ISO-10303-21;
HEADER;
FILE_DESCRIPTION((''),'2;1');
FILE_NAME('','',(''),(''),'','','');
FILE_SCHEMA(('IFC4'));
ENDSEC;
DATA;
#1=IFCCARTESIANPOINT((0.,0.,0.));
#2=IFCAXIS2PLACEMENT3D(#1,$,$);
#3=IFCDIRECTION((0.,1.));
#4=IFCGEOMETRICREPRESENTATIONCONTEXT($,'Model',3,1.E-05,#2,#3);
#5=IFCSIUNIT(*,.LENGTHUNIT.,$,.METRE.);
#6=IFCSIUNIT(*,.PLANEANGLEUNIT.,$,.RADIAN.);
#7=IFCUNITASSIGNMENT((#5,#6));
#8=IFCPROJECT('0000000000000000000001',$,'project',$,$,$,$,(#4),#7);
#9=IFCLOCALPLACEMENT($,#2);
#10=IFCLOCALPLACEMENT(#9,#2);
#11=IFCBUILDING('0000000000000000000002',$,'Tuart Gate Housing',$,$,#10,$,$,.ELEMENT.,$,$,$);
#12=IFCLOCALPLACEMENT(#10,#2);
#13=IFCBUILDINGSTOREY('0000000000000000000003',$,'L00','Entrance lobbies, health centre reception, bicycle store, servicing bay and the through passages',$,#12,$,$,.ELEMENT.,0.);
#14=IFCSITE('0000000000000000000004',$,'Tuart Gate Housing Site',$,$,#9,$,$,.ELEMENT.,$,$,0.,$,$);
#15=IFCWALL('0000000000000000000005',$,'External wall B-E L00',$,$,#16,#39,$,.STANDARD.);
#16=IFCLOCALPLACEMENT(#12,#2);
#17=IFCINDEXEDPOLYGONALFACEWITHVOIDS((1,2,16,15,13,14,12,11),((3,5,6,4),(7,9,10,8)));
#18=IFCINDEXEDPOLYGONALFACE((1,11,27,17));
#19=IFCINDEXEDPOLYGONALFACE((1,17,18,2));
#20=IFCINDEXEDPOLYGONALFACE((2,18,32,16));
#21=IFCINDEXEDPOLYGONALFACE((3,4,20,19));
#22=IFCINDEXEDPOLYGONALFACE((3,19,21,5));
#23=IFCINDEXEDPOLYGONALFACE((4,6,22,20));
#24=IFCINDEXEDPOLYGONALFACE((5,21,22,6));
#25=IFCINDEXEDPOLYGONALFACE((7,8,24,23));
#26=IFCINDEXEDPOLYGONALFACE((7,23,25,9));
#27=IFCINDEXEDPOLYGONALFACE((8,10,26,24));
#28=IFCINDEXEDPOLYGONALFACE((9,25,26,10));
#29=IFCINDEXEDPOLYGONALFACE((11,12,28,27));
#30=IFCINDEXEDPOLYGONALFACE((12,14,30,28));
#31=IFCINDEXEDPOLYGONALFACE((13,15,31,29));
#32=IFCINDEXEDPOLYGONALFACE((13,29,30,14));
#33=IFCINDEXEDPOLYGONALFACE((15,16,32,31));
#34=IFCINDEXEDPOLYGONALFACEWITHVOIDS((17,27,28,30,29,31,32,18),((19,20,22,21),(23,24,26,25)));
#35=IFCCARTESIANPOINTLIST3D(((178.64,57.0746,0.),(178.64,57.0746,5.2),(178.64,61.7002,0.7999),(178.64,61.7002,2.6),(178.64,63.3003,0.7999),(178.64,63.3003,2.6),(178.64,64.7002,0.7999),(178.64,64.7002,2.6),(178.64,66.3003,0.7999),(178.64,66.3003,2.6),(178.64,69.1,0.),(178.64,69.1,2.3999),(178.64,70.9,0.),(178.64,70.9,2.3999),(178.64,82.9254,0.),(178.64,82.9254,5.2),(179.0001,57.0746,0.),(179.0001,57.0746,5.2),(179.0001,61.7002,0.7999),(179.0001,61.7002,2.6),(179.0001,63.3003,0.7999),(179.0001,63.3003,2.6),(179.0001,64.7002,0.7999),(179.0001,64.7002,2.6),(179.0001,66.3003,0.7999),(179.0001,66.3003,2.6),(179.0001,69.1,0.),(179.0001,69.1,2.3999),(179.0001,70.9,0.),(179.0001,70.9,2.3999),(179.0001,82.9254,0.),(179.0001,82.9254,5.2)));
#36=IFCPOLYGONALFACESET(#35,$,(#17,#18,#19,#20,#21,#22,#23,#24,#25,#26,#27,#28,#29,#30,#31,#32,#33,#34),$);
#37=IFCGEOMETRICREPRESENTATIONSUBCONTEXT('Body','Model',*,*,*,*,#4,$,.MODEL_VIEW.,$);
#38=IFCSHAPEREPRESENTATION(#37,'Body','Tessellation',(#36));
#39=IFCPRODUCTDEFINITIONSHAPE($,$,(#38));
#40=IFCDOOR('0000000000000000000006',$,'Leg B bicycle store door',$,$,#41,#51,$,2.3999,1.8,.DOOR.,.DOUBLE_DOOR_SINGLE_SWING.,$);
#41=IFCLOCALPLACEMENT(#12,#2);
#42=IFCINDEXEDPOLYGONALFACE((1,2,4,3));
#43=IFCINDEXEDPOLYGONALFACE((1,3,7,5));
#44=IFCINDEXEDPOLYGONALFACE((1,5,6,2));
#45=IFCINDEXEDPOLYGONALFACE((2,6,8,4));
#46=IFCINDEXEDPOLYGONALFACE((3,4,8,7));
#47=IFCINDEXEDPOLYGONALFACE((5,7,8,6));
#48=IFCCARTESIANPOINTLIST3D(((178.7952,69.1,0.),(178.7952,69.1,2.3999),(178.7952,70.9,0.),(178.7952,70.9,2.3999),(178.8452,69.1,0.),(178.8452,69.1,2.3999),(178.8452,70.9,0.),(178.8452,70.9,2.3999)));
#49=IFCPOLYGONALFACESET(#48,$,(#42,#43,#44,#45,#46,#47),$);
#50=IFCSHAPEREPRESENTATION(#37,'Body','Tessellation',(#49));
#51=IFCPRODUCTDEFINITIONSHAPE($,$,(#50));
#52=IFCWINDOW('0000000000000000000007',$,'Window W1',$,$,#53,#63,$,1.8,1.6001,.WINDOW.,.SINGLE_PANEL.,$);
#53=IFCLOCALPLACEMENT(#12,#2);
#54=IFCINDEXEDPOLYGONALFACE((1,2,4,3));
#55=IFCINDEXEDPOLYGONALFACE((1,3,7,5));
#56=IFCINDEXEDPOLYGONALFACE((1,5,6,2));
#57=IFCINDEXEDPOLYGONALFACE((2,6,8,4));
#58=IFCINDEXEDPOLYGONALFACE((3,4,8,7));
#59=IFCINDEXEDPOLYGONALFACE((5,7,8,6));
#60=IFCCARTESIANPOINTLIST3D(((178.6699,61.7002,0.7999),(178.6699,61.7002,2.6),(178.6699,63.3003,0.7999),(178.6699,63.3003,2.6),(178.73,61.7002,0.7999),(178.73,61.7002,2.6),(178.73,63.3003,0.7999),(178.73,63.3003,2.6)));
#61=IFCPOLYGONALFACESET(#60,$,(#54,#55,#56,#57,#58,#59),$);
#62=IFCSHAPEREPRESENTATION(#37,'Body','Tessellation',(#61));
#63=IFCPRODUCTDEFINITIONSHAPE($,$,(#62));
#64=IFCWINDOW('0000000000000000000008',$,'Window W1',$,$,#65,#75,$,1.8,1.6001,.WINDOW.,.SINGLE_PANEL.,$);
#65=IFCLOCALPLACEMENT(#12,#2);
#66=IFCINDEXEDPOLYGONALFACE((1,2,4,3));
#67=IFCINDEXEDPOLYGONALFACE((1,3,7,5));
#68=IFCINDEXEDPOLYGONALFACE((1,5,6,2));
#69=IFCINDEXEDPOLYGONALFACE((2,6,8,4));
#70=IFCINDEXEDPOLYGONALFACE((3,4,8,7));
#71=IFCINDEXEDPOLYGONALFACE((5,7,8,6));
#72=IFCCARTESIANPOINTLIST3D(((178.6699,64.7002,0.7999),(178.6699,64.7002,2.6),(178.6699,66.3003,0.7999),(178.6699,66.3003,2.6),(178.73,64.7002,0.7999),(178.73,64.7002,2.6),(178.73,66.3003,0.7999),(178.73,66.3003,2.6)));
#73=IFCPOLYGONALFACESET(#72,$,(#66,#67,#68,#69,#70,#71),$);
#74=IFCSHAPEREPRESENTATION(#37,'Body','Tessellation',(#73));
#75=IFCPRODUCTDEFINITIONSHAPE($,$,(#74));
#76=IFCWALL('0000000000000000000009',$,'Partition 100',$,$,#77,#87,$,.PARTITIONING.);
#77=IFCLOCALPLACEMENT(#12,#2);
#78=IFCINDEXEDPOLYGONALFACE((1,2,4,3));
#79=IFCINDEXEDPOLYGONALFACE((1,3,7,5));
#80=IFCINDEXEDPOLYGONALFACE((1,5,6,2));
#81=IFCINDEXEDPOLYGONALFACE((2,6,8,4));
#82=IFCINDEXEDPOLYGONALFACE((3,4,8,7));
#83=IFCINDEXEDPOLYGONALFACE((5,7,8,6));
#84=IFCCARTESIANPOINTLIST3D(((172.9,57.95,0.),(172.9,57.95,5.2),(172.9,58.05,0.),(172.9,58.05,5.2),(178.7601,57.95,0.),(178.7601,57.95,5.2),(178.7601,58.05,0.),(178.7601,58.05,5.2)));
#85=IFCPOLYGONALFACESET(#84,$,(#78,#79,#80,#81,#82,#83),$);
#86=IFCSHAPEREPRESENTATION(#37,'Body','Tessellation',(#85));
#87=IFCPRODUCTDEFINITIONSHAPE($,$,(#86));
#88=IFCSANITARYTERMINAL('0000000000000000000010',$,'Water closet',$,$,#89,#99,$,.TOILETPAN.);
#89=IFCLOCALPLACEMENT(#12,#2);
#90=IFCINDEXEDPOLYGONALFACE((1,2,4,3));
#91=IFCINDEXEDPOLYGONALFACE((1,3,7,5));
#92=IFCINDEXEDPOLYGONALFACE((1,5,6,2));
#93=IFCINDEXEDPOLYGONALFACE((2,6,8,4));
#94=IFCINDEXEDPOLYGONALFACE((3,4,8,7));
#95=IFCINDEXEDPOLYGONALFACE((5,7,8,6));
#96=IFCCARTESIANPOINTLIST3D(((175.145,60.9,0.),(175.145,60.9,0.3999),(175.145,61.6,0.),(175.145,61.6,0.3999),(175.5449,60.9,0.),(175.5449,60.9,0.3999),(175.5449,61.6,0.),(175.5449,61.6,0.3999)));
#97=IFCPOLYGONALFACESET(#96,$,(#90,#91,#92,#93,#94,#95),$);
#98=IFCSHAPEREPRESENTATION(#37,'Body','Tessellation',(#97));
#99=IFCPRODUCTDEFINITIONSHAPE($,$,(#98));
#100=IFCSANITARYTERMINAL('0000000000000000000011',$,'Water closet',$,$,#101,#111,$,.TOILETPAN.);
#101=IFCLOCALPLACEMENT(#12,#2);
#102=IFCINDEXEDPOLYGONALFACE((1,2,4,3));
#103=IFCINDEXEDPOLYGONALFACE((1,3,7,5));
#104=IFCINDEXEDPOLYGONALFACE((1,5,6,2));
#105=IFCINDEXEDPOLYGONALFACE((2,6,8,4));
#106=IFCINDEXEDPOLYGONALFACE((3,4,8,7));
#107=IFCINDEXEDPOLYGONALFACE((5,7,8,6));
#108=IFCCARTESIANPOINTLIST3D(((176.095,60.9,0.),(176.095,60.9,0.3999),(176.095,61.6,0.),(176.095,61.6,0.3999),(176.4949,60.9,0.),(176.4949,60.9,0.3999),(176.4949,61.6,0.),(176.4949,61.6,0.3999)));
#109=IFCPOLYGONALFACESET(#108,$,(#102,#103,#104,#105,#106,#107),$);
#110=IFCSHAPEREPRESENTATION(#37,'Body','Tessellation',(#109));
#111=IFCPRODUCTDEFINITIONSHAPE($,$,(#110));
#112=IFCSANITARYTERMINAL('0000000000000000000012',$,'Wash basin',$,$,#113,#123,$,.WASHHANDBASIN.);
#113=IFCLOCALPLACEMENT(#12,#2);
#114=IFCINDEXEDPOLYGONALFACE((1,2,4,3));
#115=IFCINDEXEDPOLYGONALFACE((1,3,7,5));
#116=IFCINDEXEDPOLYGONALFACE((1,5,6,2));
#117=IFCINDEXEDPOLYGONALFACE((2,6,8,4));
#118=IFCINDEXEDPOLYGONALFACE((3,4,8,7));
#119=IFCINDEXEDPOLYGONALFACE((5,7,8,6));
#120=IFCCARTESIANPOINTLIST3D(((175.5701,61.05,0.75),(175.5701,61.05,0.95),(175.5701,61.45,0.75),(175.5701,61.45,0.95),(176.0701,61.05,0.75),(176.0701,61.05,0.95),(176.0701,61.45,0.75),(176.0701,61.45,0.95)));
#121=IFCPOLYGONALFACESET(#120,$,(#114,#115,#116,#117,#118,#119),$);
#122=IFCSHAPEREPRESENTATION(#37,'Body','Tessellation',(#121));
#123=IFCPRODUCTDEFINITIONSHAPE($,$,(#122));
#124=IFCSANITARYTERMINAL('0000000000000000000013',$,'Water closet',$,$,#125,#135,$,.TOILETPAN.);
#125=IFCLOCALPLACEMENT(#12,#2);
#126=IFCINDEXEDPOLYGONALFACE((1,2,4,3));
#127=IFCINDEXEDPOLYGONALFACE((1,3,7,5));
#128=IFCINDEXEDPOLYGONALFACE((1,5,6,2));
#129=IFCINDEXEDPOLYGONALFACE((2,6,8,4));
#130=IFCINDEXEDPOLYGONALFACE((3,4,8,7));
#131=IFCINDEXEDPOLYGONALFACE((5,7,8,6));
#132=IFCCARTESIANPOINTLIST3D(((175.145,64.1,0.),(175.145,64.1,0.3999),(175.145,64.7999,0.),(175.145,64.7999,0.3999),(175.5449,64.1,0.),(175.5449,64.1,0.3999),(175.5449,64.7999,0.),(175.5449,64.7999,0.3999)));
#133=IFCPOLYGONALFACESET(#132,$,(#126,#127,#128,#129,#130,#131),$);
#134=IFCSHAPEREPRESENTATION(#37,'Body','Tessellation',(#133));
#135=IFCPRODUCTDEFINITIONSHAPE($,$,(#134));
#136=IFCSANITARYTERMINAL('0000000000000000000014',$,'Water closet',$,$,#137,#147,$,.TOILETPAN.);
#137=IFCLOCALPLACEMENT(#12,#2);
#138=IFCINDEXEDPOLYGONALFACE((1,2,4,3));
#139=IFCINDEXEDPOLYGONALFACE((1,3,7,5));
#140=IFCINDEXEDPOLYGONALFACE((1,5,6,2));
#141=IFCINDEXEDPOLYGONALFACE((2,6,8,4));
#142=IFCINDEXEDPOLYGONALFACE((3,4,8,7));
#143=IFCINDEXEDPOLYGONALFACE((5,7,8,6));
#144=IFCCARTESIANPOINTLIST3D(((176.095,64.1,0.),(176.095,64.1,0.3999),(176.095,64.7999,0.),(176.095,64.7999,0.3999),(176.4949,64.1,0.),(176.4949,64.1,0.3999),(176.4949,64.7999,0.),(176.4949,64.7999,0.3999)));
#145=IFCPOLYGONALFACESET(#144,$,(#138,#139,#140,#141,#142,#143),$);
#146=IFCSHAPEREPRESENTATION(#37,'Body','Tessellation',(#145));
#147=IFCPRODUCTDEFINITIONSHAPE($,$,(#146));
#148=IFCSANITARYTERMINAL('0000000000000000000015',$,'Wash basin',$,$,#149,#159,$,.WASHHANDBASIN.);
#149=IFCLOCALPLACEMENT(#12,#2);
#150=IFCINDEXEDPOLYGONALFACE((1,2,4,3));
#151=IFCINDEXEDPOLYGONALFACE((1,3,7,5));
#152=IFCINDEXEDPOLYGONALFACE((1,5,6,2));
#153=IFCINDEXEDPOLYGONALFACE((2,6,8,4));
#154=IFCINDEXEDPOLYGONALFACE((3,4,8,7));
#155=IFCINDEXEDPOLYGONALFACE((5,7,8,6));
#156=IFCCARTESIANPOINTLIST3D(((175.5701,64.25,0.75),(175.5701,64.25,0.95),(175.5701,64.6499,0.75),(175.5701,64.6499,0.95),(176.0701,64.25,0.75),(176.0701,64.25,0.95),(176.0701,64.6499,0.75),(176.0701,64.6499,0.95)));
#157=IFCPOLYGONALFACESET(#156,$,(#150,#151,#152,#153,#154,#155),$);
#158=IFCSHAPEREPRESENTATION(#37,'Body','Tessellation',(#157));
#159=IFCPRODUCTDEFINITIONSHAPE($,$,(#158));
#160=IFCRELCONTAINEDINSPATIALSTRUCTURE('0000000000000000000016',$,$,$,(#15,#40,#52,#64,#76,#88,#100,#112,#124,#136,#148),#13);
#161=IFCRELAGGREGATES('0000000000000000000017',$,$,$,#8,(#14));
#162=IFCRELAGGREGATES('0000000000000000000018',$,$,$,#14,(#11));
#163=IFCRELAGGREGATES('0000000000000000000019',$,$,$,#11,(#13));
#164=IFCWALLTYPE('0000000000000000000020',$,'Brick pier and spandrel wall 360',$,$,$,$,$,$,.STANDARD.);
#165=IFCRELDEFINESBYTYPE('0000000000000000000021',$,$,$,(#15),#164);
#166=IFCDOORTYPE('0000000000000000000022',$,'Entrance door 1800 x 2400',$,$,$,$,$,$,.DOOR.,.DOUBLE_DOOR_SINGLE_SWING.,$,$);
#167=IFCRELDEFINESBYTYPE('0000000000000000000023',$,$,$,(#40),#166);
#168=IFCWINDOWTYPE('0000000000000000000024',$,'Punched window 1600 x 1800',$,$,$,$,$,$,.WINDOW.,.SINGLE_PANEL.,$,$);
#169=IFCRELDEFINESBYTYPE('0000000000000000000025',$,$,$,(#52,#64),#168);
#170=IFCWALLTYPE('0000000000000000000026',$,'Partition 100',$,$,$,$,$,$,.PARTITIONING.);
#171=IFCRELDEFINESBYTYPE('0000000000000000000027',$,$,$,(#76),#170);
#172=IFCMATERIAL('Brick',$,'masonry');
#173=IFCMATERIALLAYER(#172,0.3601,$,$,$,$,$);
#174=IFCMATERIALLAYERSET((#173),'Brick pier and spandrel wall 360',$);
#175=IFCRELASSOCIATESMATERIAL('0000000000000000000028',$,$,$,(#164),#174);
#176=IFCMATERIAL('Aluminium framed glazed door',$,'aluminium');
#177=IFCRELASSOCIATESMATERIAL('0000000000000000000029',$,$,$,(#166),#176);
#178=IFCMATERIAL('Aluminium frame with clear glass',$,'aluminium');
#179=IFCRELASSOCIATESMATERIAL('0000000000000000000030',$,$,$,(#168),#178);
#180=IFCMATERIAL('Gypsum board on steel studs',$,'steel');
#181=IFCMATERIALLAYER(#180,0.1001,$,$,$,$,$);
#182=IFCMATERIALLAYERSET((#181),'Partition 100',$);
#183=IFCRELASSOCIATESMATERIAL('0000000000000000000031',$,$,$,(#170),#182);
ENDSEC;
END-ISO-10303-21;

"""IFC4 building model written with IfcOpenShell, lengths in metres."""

from ifc_helpers import new_model, si_unit, direction, frame, frame_2d, origin, origin_2d, place, context, subcontext, project, spatial, rectangle, extrude, material, layer, layer_set, type_object, element, fill, save


model = new_model("IFC4")

# Units and contexts
model_context = context("Model", 3, precision=1e-05, world=origin(), true_north=direction((0.0, 1.0)))
body_context = subcontext(model_context, "Body", "Model", "MODEL_VIEW")
ifc_project = project(units=[si_unit("LENGTHUNIT", "METRE"), si_unit("PLANEANGLEUNIT", "RADIAN")], contexts=[model_context])

# Site, building, storey
site_placement = place(None, origin())
site = spatial("IfcSite", under=ifc_project, at=site_placement, Name="Tuart Gate Housing Site", CompositionType="ELEMENT", RefElevation=0.0)
building_placement = place(site_placement, origin())
building = spatial("IfcBuilding", under=site, at=building_placement, Name="Tuart Gate Housing", CompositionType="ELEMENT")
storey_placement = place(building_placement, origin())
storey = spatial("IfcBuildingStorey", under=building, at=storey_placement, Name="L00", Description="Entrance lobbies, health centre reception, bicycle store, servicing bay and the through passages", CompositionType="ELEMENT", Elevation=0.0)

# Wall, openings, door, windows
ifc_material_1 = material(Name="Brick", Category="masonry")
ifc_layer_1 = layer(ifc_material_1, 0.3601)
ifc_layer_set_1 = layer_set([ifc_layer_1], Name="Brick pier and spandrel wall 360")
wall_type_1 = type_object("IfcWallType", Name="Brick pier and spandrel wall 360", PredefinedType="STANDARD", material=ifc_layer_set_1)
wall_1_placement = place(storey_placement, frame((178.8201, 57.0747, 0.0), z_axis=(0.0, 0.0, 1.0), x_axis=(0.0, 1.0, 0.0)))
wall_1 = element("IfcWall", 1, at=wall_1_placement, inside=storey, type_object=wall_type_1, Name="External wall B-E L00", PredefinedType="STANDARD", context=body_context, shape_type="SweptSolid", body=[
    extrude(rectangle(XDim=25.8508, YDim=0.3601, at=frame_2d((12.9253, 0.0))), origin(), (0.0, 0.0, 1.0), 5.2),
])
opening_1_placement = place(wall_1_placement, frame((4.6255, 0.0, 0.8)))
opening_1 = element("IfcOpeningElement", 2, at=opening_1_placement, cuts=wall_1, PredefinedType="OPENING", context=body_context, shape_type="SweptSolid", body=[
    extrude(rectangle(XDim=1.6001, YDim=1.8, at=frame_2d((0.8, 0.8999))), frame((0.0, 0.1899, 0.0), z_axis=(0.0, -1.0, 0.0), x_axis=(1.0, 0.0, 0.0)), (0.0, 0.0, 1.0), 0.3801),
])
opening_2_placement = place(wall_1_placement, frame((7.6255, 0.0, 0.8)))
opening_2 = element("IfcOpeningElement", 3, at=opening_2_placement, cuts=wall_1, PredefinedType="OPENING", context=body_context, shape_type="SweptSolid", body=[
    extrude(rectangle(XDim=1.6001, YDim=1.8, at=frame_2d((0.8, 0.8999))), frame((0.0, 0.1899, 0.0), z_axis=(0.0, -1.0, 0.0), x_axis=(1.0, 0.0, 0.0)), (0.0, 0.0, 1.0), 0.3801),
])
opening_3_placement = place(wall_1_placement, frame((12.0254, 0.0, 0.0)))
opening_3 = element("IfcOpeningElement", 4, at=opening_3_placement, cuts=wall_1, PredefinedType="OPENING", context=body_context, shape_type="SweptSolid", body=[
    extrude(rectangle(XDim=1.8, YDim=2.3999, at=frame_2d((0.8999, 1.2))), frame((0.0, 0.1899, 0.0), z_axis=(0.0, -1.0, 0.0), x_axis=(1.0, 0.0, 0.0)), (0.0, 0.0, 1.0), 0.3801),
])
ifc_material_2 = material(Name="Aluminium framed glazed door", Category="aluminium")
door_type = type_object("IfcDoorType", Name="Entrance door 1800 x 2400", OperationType="DOUBLE_DOOR_SINGLE_SWING", PredefinedType="DOOR", material=ifc_material_2)
door_placement = place(opening_3_placement, frame((1.8, 0.0, 0.0), z_axis=(0.0, 0.0, 1.0), x_axis=(-1.0, 0.0, 0.0)))
door = element("IfcDoor", 5, at=door_placement, inside=storey, type_object=door_type, Name="Leg B bicycle store door", OperationType="DOUBLE_DOOR_SINGLE_SWING", OverallHeight=2.3999, OverallWidth=1.8, PredefinedType="DOOR", context=body_context, shape_type="SweptSolid", body=[
    extrude(rectangle(XDim=1.8, YDim=2.3999, at=frame_2d((0.9001, 1.2))), frame((0.0, 0.0251, 0.0), z_axis=(0.0, -1.0, 0.0), x_axis=(1.0, 0.0, 0.0)), (0.0, 0.0, 1.0), 0.05),
])
fill(opening_3, door)
ifc_material_3 = material(Name="Aluminium frame with clear glass", Category="aluminium")
window_type = type_object("IfcWindowType", Name="Punched window 1600 x 1800", PartitioningType="SINGLE_PANEL", PredefinedType="WINDOW", material=ifc_material_3)
window_1_placement = place(opening_1_placement, origin())
window_1 = element("IfcWindow", 6, at=window_1_placement, inside=storey, type_object=window_type, Name="Window W1", OverallHeight=1.8, OverallWidth=1.6001, PartitioningType="SINGLE_PANEL", PredefinedType="WINDOW", context=body_context, shape_type="SweptSolid", body=[
    extrude(rectangle(XDim=1.6001, YDim=1.8, at=frame_2d((0.8, 0.8999))), frame((0.0, 0.1501, 0.0), z_axis=(0.0, -1.0, 0.0), x_axis=(1.0, 0.0, 0.0)), (0.0, 0.0, 1.0), 0.0601),
])
fill(opening_1, window_1)
window_2_placement = place(opening_2_placement, origin())
window_2 = element("IfcWindow", 7, at=window_2_placement, inside=storey, type_object=window_type, Name="Window W1", OverallHeight=1.8, OverallWidth=1.6001, PartitioningType="SINGLE_PANEL", PredefinedType="WINDOW", context=body_context, shape_type="SweptSolid", body=[
    extrude(rectangle(XDim=1.6001, YDim=1.8, at=frame_2d((0.8, 0.8999))), frame((0.0, 0.1501, 0.0), z_axis=(0.0, -1.0, 0.0), x_axis=(1.0, 0.0, 0.0)), (0.0, 0.0, 1.0), 0.0601),
])
fill(opening_2, window_2)

# Wall
ifc_material_4 = material(Name="Gypsum board on steel studs", Category="steel")
ifc_layer_2 = layer(ifc_material_4, 0.1001)
ifc_layer_set_2 = layer_set([ifc_layer_2], Name="Partition 100")
wall_type_2 = type_object("IfcWallType", Name="Partition 100", PredefinedType="PARTITIONING", material=ifc_layer_set_2)
wall_2_placement = place(storey_placement, frame((172.8999, 58.0, 0.0), z_axis=(0.0, 0.0, 1.0), x_axis=(1.0, 0.0, 0.0)))
element("IfcWall", 8, at=wall_2_placement, inside=storey, type_object=wall_type_2, Name="Partition 100", PredefinedType="PARTITIONING", context=body_context, shape_type="SweptSolid", body=[
    extrude(rectangle(XDim=5.8601, YDim=0.1001, at=frame_2d((2.9302, 0.0))), origin(), (0.0, 0.0, 1.0), 5.2),
])

# Sanitary terminals
for number, where, z_axis, x_axis, name in (
    (9, (175.345, 61.25, 0.0), (0.0, 0.0, 1.0), (1.0, 0.0, 0.0), "Water closet"),
    (10, (176.2949, 61.25, 0.0), (0.0, 0.0, 1.0), (1.0, 0.0, 0.0), "Water closet"),
):
    element("IfcSanitaryTerminal", number, at=place(storey_placement, frame(where, z_axis=z_axis, x_axis=x_axis)), inside=storey, Name=name, PredefinedType="TOILETPAN", context=body_context, shape_type="SweptSolid", body=[
        extrude(rectangle(XDim=0.3999, YDim=0.7, at=origin_2d()), origin(), (0.0, 0.0, 1.0), 0.3999),
    ])
sanitary_terminal_1_placement = place(storey_placement, frame((175.8201, 61.25, 0.75), z_axis=(0.0, 0.0, 1.0), x_axis=(1.0, 0.0, 0.0)))
element("IfcSanitaryTerminal", 11, at=sanitary_terminal_1_placement, inside=storey, Name="Wash basin", PredefinedType="WASHHANDBASIN", context=body_context, shape_type="SweptSolid", body=[
    extrude(rectangle(XDim=0.5, YDim=0.3999, at=origin_2d()), origin(), (0.0, 0.0, 1.0), 0.2),
])
for number, where, z_axis, x_axis, name in (
    (12, (175.345, 64.45, 0.0), (0.0, 0.0, 1.0), (1.0, 0.0, 0.0), "Water closet"),
    (13, (176.2949, 64.45, 0.0), (0.0, 0.0, 1.0), (1.0, 0.0, 0.0), "Water closet"),
):
    element("IfcSanitaryTerminal", number, at=place(storey_placement, frame(where, z_axis=z_axis, x_axis=x_axis)), inside=storey, Name=name, PredefinedType="TOILETPAN", context=body_context, shape_type="SweptSolid", body=[
        extrude(rectangle(XDim=0.3999, YDim=0.7, at=origin_2d()), origin(), (0.0, 0.0, 1.0), 0.3999),
    ])
sanitary_terminal_2_placement = place(storey_placement, frame((175.8201, 64.45, 0.75), z_axis=(0.0, 0.0, 1.0), x_axis=(1.0, 0.0, 0.0)))
element("IfcSanitaryTerminal", 14, at=sanitary_terminal_2_placement, inside=storey, Name="Wash basin", PredefinedType="WASHHANDBASIN", context=body_context, shape_type="SweptSolid", body=[
    extrude(rectangle(XDim=0.5, YDim=0.3999, at=origin_2d()), origin(), (0.0, 0.0, 1.0), 0.2),
])

save(model, "model.ifc")
